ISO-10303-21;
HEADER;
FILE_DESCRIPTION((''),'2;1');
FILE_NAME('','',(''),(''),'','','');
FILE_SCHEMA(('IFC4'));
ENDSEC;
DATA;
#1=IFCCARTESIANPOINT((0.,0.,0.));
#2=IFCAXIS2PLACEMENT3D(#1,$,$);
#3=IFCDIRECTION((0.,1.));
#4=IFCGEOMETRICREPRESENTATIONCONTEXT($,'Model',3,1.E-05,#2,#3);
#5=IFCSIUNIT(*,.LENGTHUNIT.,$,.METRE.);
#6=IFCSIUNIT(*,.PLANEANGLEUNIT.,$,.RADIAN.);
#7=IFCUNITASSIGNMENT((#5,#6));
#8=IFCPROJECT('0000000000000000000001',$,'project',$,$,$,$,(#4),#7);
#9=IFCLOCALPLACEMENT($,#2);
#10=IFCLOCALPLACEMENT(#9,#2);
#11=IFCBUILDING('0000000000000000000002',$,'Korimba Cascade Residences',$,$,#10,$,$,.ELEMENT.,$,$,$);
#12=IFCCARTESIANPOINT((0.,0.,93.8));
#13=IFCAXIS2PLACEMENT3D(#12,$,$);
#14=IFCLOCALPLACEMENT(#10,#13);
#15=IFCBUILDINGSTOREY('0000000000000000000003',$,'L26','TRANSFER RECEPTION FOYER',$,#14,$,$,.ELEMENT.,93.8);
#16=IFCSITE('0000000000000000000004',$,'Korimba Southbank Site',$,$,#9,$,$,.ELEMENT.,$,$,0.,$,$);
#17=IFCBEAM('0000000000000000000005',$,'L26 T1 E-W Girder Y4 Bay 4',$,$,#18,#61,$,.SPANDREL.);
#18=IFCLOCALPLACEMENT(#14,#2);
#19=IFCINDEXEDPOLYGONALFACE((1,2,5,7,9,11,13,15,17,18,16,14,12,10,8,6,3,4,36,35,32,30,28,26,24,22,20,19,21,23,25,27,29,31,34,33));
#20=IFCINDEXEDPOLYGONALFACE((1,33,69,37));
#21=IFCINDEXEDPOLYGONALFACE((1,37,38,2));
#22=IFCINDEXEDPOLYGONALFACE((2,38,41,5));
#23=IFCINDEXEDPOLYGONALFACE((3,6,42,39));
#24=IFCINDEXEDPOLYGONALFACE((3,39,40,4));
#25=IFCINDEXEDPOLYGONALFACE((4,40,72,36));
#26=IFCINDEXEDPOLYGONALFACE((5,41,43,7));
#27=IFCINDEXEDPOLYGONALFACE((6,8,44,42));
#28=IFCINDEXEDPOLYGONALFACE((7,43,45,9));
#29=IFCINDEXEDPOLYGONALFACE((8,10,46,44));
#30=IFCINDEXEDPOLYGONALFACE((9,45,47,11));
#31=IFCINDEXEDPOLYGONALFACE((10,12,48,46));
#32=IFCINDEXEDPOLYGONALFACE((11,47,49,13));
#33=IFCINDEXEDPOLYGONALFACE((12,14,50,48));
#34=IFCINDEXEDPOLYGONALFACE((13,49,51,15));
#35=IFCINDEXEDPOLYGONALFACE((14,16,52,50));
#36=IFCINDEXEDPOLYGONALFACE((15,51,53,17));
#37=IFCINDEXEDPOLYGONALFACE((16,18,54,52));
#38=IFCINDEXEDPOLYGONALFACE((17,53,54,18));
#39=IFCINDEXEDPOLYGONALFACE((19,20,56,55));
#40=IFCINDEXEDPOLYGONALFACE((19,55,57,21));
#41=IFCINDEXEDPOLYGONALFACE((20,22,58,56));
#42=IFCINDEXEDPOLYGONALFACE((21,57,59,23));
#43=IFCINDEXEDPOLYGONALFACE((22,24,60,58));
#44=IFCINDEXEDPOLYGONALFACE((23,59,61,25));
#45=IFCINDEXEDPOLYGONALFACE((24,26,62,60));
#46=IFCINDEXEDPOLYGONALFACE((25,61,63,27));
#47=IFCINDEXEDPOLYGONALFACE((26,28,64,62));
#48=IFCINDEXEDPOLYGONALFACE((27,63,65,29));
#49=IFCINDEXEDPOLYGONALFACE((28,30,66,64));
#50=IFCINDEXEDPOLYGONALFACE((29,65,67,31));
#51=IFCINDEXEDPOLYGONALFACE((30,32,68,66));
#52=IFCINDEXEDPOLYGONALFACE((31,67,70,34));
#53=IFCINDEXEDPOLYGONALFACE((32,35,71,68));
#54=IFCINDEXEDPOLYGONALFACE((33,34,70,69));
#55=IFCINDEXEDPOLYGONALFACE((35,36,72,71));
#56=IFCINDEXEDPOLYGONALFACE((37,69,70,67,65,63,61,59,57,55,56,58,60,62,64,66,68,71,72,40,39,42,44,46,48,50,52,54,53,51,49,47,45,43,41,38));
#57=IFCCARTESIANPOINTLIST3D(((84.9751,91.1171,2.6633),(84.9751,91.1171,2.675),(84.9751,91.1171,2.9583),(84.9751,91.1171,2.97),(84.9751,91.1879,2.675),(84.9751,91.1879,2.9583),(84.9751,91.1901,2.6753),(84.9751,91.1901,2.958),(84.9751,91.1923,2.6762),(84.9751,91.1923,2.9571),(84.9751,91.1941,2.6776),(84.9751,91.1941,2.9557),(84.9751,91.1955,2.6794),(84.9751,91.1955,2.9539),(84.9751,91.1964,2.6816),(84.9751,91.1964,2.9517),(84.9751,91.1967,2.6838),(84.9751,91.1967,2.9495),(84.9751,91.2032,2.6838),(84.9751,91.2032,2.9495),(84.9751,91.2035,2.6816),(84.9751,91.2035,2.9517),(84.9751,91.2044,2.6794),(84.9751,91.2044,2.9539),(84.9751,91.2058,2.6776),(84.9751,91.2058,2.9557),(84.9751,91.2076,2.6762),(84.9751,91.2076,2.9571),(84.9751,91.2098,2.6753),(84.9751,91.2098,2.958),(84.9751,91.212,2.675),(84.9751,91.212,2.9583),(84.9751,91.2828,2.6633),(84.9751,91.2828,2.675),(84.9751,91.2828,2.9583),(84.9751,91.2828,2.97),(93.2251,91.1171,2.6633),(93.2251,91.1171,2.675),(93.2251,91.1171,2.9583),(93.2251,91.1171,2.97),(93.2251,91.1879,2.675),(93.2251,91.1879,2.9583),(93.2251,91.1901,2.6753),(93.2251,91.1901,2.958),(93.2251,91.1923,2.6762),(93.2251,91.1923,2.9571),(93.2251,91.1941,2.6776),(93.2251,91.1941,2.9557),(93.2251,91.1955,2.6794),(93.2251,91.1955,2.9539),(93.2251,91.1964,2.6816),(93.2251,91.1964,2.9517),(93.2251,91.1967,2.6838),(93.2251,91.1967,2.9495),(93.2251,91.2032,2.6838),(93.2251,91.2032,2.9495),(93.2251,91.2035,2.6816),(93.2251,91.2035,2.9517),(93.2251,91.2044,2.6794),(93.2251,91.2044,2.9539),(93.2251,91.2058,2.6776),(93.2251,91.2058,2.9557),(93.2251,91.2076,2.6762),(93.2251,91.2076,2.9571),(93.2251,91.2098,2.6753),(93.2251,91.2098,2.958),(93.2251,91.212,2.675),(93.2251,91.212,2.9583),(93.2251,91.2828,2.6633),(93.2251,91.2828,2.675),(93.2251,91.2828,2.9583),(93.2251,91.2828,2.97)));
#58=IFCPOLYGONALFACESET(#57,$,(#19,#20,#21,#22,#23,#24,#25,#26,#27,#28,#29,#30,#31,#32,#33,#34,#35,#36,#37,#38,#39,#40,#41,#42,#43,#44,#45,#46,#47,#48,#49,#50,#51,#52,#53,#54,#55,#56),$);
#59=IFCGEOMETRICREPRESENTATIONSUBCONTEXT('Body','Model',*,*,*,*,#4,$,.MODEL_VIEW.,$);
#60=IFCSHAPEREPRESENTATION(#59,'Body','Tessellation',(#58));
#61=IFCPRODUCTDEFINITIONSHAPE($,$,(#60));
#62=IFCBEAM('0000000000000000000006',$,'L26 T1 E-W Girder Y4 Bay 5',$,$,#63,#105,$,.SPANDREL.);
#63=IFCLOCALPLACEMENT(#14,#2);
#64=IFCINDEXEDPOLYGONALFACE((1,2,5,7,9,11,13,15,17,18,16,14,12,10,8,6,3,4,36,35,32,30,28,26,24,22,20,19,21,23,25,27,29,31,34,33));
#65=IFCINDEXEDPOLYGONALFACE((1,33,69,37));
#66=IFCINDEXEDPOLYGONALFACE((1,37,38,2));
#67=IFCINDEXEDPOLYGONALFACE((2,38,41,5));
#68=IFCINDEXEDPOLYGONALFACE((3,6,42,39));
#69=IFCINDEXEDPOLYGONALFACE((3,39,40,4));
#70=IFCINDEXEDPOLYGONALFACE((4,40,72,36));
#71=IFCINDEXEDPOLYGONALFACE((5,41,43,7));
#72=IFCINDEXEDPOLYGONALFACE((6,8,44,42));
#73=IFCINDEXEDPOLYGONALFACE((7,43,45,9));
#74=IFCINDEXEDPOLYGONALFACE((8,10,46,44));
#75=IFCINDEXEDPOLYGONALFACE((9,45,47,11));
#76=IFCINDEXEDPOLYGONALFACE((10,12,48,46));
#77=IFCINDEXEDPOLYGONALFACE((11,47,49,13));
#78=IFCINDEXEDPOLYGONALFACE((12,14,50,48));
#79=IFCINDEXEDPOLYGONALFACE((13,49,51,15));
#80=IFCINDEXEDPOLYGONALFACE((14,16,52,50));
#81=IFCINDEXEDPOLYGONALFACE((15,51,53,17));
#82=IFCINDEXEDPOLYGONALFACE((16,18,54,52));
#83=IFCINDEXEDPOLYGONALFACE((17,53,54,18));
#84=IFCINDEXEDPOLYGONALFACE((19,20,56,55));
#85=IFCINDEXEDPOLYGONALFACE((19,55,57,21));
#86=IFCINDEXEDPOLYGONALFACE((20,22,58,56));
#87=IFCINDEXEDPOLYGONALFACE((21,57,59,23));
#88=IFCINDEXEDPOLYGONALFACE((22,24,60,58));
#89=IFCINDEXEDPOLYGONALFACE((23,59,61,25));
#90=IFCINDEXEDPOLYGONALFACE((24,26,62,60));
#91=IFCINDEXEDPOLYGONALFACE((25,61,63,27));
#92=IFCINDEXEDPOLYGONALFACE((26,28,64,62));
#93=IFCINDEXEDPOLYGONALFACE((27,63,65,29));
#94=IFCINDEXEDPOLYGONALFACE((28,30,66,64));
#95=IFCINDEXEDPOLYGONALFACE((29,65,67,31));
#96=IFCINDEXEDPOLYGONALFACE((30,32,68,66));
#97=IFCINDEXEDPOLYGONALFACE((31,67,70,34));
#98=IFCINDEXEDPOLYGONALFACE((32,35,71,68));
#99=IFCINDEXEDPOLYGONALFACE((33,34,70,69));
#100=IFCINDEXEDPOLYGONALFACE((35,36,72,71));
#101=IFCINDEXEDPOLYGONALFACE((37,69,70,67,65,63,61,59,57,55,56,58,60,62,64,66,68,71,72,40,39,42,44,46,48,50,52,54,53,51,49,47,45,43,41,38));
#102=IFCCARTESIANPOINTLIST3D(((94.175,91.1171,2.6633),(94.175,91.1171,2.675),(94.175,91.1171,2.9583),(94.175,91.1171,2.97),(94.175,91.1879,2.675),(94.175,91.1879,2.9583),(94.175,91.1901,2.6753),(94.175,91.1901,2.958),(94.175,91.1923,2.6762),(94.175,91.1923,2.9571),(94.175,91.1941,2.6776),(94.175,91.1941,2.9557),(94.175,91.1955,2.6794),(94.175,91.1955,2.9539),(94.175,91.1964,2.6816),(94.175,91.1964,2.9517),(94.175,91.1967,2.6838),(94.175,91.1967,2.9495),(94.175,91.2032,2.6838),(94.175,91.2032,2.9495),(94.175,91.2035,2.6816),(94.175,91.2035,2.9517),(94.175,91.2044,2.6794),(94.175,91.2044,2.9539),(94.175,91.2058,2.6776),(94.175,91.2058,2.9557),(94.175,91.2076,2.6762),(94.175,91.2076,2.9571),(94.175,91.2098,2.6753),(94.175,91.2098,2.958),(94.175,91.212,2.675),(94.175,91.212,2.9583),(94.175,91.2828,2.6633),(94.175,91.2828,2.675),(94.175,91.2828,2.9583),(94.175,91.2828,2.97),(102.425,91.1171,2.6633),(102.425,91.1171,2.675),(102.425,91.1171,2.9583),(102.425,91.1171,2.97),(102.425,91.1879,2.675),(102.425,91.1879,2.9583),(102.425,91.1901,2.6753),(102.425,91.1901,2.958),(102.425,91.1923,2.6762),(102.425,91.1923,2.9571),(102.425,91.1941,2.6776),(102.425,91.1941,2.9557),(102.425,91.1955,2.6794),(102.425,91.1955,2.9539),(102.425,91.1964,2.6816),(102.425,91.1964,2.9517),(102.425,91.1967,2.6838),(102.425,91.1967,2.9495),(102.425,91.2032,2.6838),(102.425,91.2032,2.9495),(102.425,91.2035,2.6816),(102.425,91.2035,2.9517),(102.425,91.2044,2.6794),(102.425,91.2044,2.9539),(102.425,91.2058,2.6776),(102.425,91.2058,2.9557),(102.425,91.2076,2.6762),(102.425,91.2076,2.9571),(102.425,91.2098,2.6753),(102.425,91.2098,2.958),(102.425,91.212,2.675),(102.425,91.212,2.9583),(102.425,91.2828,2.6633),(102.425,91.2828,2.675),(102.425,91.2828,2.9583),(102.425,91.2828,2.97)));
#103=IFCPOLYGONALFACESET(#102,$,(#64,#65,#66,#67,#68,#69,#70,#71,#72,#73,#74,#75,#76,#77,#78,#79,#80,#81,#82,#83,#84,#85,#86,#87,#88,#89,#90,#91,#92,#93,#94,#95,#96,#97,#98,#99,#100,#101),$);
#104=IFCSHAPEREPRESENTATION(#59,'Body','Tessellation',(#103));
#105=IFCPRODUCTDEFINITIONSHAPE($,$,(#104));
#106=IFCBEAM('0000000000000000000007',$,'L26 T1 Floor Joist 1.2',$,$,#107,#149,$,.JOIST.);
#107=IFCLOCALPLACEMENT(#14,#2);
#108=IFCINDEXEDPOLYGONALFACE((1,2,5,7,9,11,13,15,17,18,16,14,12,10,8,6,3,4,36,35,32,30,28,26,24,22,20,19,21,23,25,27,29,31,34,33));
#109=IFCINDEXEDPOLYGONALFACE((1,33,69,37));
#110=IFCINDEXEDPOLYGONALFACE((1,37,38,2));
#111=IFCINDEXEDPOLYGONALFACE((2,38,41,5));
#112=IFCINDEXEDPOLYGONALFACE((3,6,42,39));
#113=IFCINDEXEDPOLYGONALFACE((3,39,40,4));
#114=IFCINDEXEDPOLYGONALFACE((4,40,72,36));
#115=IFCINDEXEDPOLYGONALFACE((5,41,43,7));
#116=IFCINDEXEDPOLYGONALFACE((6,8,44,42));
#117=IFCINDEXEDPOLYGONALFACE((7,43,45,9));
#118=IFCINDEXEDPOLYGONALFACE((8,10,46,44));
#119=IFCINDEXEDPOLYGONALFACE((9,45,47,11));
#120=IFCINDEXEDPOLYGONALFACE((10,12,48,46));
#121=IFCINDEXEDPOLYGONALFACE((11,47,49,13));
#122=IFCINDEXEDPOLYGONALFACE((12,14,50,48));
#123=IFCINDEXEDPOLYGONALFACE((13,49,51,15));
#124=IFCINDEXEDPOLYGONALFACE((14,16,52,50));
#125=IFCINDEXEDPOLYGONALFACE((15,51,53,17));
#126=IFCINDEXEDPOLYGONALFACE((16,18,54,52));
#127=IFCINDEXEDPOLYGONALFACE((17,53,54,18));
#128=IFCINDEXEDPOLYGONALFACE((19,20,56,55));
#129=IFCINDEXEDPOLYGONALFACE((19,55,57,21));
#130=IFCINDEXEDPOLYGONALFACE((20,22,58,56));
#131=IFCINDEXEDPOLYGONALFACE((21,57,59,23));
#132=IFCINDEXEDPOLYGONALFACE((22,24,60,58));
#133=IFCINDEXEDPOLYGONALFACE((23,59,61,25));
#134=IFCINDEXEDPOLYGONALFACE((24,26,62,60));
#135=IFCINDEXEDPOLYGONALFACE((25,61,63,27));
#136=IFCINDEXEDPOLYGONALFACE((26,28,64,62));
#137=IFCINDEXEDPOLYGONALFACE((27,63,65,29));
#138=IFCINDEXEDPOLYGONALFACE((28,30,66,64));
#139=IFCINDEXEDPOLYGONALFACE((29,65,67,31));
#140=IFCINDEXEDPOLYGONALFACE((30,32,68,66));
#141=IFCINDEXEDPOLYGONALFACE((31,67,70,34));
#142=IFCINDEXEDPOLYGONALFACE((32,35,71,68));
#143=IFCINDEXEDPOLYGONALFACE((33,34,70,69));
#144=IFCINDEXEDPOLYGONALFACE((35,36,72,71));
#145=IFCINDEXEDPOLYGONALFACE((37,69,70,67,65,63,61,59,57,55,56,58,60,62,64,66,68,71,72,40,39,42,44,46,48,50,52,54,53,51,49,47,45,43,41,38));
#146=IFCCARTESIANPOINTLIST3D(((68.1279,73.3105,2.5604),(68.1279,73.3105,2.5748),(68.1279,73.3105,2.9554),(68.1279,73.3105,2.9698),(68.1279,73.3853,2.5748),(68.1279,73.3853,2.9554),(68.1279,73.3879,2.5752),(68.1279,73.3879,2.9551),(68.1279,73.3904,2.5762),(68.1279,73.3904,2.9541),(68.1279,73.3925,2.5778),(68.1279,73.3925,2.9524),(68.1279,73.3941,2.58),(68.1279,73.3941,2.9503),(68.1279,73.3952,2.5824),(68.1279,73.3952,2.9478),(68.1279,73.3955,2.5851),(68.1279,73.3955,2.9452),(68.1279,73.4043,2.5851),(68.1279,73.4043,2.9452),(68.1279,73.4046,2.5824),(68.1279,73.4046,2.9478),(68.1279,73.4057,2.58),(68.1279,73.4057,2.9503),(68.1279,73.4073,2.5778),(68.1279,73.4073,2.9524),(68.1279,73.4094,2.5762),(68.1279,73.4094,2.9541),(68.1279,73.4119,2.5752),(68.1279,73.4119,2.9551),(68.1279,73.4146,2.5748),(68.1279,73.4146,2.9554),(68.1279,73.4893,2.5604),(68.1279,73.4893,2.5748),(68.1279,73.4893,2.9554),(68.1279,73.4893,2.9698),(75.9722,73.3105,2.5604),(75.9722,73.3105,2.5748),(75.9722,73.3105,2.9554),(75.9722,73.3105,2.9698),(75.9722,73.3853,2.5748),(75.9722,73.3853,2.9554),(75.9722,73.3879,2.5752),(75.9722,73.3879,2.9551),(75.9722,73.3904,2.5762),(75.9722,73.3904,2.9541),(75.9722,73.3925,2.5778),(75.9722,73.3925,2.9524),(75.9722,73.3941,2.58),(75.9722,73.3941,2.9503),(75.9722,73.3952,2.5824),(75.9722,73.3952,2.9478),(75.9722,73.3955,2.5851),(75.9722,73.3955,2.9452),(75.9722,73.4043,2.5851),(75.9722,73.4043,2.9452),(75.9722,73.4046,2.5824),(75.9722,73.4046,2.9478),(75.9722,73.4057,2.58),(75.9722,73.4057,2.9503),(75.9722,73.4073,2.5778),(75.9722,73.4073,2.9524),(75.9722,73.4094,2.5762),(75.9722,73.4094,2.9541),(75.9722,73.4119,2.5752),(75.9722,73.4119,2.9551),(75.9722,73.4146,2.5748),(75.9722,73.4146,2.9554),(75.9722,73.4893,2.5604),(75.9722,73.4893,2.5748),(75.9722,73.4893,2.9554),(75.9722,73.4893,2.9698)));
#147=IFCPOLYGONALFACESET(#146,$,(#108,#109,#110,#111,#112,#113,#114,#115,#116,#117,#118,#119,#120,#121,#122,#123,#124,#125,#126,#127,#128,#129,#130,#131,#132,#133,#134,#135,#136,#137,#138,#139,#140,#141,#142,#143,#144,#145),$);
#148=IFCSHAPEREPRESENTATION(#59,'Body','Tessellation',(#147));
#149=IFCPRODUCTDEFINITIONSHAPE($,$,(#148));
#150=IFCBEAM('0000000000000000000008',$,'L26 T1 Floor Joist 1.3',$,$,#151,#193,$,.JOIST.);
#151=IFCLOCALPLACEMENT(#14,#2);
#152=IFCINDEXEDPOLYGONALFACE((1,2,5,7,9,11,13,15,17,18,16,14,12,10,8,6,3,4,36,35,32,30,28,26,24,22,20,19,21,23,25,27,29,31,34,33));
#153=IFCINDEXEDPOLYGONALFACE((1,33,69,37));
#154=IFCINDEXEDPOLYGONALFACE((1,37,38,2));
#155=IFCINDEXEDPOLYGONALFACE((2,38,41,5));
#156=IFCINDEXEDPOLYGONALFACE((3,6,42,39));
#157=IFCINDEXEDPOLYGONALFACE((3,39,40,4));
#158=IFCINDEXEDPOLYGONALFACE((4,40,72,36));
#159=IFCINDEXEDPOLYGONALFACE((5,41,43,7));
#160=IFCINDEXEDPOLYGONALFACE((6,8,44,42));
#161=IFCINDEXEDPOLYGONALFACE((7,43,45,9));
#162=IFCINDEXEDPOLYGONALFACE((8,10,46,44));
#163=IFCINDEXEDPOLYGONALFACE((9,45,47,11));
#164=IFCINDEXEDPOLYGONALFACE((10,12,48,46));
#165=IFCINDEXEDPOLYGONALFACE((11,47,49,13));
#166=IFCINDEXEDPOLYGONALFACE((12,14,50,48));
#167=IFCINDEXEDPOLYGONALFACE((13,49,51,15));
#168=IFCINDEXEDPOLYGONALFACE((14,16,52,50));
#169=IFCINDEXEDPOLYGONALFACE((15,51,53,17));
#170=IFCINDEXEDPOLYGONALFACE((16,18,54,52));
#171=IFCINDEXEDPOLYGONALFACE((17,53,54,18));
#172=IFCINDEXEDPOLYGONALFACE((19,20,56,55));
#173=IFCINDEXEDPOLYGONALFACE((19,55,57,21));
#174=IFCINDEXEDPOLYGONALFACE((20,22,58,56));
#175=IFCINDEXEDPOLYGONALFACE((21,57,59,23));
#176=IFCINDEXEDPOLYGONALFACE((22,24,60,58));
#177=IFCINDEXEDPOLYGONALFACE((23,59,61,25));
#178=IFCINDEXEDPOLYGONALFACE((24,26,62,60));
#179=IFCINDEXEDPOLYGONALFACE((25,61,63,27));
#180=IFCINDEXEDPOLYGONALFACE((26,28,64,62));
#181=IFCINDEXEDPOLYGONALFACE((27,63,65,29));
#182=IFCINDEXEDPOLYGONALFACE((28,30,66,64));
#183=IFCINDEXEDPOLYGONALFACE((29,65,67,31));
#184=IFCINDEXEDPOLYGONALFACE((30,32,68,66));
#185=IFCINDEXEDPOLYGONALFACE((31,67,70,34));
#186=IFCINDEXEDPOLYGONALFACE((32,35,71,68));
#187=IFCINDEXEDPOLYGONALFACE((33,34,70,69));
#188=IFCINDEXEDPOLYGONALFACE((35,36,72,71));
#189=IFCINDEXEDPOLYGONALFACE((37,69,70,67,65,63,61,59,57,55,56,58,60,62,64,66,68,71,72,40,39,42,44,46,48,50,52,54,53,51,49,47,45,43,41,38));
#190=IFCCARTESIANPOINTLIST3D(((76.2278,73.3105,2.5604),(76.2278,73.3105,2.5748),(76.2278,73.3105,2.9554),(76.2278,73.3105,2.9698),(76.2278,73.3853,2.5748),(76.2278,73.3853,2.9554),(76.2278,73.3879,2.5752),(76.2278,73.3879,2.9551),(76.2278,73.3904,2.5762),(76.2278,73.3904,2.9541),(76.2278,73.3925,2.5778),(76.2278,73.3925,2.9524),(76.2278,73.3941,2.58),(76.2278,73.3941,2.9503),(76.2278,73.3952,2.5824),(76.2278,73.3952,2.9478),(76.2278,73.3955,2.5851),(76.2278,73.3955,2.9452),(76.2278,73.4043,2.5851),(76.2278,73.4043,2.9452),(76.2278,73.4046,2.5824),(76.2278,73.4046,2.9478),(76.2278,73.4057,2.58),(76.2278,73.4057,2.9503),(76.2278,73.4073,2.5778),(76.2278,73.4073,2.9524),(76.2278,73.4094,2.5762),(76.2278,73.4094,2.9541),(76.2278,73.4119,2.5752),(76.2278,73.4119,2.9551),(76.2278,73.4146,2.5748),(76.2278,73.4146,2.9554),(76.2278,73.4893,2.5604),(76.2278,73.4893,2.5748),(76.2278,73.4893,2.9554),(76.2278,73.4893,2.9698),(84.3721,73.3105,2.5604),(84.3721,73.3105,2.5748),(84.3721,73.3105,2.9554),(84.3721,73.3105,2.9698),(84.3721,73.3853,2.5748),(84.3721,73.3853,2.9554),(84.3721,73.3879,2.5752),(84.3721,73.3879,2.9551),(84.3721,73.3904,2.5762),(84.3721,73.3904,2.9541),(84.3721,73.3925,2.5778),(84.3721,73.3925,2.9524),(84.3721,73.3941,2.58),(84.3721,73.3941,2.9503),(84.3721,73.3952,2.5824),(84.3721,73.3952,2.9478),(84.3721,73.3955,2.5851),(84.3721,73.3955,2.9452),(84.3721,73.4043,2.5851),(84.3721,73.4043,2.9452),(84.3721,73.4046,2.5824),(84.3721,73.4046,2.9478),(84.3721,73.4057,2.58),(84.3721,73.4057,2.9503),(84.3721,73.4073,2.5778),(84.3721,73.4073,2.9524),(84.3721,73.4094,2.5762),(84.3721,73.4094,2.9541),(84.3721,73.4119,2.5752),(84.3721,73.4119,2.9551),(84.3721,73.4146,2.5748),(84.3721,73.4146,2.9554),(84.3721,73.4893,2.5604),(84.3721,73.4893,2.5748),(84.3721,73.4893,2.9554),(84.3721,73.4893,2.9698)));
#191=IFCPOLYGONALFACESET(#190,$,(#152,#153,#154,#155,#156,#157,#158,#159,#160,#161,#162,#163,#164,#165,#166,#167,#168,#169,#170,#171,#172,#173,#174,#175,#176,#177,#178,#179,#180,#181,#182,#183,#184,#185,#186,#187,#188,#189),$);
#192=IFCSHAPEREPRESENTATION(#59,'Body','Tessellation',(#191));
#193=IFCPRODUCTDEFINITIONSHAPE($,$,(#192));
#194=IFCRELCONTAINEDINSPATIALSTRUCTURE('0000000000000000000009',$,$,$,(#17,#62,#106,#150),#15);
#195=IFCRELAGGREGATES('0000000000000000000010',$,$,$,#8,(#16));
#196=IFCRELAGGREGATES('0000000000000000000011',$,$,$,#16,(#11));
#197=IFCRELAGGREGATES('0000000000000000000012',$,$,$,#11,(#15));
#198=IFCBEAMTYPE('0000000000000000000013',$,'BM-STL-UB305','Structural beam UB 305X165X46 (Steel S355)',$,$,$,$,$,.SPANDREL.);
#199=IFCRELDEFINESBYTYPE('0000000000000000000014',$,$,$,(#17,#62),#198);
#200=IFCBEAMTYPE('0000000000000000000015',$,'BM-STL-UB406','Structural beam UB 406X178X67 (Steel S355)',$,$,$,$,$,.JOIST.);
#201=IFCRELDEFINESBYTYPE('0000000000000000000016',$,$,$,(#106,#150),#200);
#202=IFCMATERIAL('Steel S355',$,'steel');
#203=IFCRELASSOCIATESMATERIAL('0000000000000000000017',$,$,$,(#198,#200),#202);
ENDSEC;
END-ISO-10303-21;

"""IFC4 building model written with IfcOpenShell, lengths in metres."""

from ifc_helpers import new_model, si_unit, direction, frame, origin, origin_2d, place, context, subcontext, project, spatial, i_section, extrude, material, material_profile, profile_set, type_object, element, save


model = new_model("IFC4")

# Units and contexts
model_context = context("Model", 3, precision=1e-05, world=origin(), true_north=direction((0.0, 1.0)))
body_context = subcontext(model_context, "Body", "Model", "MODEL_VIEW")
ifc_project = project(units=[si_unit("LENGTHUNIT", "METRE"), si_unit("PLANEANGLEUNIT", "RADIAN")], contexts=[model_context])

# Site, building, storey
site_placement = place(None, origin())
site = spatial("IfcSite", under=ifc_project, at=site_placement, Name="Korimba Southbank Site", CompositionType="ELEMENT", RefElevation=0.0)
building_placement = place(site_placement, origin())
building = spatial("IfcBuilding", under=site, at=building_placement, Name="Korimba Cascade Residences", CompositionType="ELEMENT")
storey_placement = place(building_placement, frame((0.0, 0.0, 93.8)))
storey = spatial("IfcBuildingStorey", under=building, at=storey_placement, Name="L26", Description="TRANSFER RECEPTION FOYER", CompositionType="ELEMENT", Elevation=93.8)

# Beams
ifc_material_1 = material(Name="Steel S355", Category="steel")
ifc_material_profile_1 = material_profile(ifc_material_1, i_section(OverallWidth=0.1658, OverallDepth=0.3066, WebThickness=0.0066, FlangeThickness=0.0117, FilletRadius=0.0088, at=origin_2d()), Name="Steel S355")
ifc_profile_set_1 = profile_set([ifc_material_profile_1], Name="Steel S355")
beam_type_1 = type_object("IfcBeamType", Name="BM-STL-UB305", Description="Structural beam UB 305X165X46 (Steel S355)", PredefinedType="SPANDREL", material=ifc_profile_set_1)
for number, where, z_axis, x_axis, name in (
    (1, (84.9751, 91.2, 2.8167), (1.0, 0.0, 0.0), (0.0, 1.0, 0.0), "L26 T1 E-W Girder Y4 Bay 4"),
    (2, (94.175, 91.2, 2.8167), (1.0, 0.0, 0.0), (0.0, 1.0, 0.0), "L26 T1 E-W Girder Y4 Bay 5"),
):
    element("IfcBeam", number, at=place(storey_placement, frame(where, z_axis=z_axis, x_axis=x_axis)), inside=storey, type_object=beam_type_1, Name=name, PredefinedType="SPANDREL", context=body_context, shape_type="SweptSolid", body=[
        extrude(i_section(OverallWidth=0.1658, OverallDepth=0.3066, WebThickness=0.0066, FlangeThickness=0.0117, FilletRadius=0.0088, at=origin_2d()), origin(), (0.0, 0.0, 1.0), 8.25),
    ])
ifc_material_profile_2 = material_profile(ifc_material_1, i_section(OverallWidth=0.1787, OverallDepth=0.4094, WebThickness=0.0088, FlangeThickness=0.0144, FilletRadius=0.0103, at=origin_2d()), Name="Steel S355")
ifc_profile_set_2 = profile_set([ifc_material_profile_2], Name="Steel S355")
beam_type_2 = type_object("IfcBeamType", Name="BM-STL-UB406", Description="Structural beam UB 406X178X67 (Steel S355)", PredefinedType="JOIST", material=ifc_profile_set_2)
beam_1_placement = place(storey_placement, frame((68.1279, 73.3999, 2.7651), z_axis=(1.0, 0.0, 0.0), x_axis=(0.0, 1.0, 0.0)))
element("IfcBeam", 3, at=beam_1_placement, inside=storey, type_object=beam_type_2, Name="L26 T1 Floor Joist 1.2", PredefinedType="JOIST", context=body_context, shape_type="SweptSolid", body=[
    extrude(i_section(OverallWidth=0.1787, OverallDepth=0.4094, WebThickness=0.0088, FlangeThickness=0.0144, FilletRadius=0.0103, at=origin_2d()), origin(), (0.0, 0.0, 1.0), 7.8442),
])
beam_2_placement = place(storey_placement, frame((76.2278, 73.3999, 2.7651), z_axis=(1.0, 0.0, 0.0), x_axis=(0.0, 1.0, 0.0)))
element("IfcBeam", 4, at=beam_2_placement, inside=storey, type_object=beam_type_2, Name="L26 T1 Floor Joist 1.3", PredefinedType="JOIST", context=body_context, shape_type="SweptSolid", body=[
    extrude(i_section(OverallWidth=0.1787, OverallDepth=0.4094, WebThickness=0.0088, FlangeThickness=0.0144, FilletRadius=0.0103, at=origin_2d()), origin(), (0.0, 0.0, 1.0), 8.1443),
])

save(model, "model.ifc")
